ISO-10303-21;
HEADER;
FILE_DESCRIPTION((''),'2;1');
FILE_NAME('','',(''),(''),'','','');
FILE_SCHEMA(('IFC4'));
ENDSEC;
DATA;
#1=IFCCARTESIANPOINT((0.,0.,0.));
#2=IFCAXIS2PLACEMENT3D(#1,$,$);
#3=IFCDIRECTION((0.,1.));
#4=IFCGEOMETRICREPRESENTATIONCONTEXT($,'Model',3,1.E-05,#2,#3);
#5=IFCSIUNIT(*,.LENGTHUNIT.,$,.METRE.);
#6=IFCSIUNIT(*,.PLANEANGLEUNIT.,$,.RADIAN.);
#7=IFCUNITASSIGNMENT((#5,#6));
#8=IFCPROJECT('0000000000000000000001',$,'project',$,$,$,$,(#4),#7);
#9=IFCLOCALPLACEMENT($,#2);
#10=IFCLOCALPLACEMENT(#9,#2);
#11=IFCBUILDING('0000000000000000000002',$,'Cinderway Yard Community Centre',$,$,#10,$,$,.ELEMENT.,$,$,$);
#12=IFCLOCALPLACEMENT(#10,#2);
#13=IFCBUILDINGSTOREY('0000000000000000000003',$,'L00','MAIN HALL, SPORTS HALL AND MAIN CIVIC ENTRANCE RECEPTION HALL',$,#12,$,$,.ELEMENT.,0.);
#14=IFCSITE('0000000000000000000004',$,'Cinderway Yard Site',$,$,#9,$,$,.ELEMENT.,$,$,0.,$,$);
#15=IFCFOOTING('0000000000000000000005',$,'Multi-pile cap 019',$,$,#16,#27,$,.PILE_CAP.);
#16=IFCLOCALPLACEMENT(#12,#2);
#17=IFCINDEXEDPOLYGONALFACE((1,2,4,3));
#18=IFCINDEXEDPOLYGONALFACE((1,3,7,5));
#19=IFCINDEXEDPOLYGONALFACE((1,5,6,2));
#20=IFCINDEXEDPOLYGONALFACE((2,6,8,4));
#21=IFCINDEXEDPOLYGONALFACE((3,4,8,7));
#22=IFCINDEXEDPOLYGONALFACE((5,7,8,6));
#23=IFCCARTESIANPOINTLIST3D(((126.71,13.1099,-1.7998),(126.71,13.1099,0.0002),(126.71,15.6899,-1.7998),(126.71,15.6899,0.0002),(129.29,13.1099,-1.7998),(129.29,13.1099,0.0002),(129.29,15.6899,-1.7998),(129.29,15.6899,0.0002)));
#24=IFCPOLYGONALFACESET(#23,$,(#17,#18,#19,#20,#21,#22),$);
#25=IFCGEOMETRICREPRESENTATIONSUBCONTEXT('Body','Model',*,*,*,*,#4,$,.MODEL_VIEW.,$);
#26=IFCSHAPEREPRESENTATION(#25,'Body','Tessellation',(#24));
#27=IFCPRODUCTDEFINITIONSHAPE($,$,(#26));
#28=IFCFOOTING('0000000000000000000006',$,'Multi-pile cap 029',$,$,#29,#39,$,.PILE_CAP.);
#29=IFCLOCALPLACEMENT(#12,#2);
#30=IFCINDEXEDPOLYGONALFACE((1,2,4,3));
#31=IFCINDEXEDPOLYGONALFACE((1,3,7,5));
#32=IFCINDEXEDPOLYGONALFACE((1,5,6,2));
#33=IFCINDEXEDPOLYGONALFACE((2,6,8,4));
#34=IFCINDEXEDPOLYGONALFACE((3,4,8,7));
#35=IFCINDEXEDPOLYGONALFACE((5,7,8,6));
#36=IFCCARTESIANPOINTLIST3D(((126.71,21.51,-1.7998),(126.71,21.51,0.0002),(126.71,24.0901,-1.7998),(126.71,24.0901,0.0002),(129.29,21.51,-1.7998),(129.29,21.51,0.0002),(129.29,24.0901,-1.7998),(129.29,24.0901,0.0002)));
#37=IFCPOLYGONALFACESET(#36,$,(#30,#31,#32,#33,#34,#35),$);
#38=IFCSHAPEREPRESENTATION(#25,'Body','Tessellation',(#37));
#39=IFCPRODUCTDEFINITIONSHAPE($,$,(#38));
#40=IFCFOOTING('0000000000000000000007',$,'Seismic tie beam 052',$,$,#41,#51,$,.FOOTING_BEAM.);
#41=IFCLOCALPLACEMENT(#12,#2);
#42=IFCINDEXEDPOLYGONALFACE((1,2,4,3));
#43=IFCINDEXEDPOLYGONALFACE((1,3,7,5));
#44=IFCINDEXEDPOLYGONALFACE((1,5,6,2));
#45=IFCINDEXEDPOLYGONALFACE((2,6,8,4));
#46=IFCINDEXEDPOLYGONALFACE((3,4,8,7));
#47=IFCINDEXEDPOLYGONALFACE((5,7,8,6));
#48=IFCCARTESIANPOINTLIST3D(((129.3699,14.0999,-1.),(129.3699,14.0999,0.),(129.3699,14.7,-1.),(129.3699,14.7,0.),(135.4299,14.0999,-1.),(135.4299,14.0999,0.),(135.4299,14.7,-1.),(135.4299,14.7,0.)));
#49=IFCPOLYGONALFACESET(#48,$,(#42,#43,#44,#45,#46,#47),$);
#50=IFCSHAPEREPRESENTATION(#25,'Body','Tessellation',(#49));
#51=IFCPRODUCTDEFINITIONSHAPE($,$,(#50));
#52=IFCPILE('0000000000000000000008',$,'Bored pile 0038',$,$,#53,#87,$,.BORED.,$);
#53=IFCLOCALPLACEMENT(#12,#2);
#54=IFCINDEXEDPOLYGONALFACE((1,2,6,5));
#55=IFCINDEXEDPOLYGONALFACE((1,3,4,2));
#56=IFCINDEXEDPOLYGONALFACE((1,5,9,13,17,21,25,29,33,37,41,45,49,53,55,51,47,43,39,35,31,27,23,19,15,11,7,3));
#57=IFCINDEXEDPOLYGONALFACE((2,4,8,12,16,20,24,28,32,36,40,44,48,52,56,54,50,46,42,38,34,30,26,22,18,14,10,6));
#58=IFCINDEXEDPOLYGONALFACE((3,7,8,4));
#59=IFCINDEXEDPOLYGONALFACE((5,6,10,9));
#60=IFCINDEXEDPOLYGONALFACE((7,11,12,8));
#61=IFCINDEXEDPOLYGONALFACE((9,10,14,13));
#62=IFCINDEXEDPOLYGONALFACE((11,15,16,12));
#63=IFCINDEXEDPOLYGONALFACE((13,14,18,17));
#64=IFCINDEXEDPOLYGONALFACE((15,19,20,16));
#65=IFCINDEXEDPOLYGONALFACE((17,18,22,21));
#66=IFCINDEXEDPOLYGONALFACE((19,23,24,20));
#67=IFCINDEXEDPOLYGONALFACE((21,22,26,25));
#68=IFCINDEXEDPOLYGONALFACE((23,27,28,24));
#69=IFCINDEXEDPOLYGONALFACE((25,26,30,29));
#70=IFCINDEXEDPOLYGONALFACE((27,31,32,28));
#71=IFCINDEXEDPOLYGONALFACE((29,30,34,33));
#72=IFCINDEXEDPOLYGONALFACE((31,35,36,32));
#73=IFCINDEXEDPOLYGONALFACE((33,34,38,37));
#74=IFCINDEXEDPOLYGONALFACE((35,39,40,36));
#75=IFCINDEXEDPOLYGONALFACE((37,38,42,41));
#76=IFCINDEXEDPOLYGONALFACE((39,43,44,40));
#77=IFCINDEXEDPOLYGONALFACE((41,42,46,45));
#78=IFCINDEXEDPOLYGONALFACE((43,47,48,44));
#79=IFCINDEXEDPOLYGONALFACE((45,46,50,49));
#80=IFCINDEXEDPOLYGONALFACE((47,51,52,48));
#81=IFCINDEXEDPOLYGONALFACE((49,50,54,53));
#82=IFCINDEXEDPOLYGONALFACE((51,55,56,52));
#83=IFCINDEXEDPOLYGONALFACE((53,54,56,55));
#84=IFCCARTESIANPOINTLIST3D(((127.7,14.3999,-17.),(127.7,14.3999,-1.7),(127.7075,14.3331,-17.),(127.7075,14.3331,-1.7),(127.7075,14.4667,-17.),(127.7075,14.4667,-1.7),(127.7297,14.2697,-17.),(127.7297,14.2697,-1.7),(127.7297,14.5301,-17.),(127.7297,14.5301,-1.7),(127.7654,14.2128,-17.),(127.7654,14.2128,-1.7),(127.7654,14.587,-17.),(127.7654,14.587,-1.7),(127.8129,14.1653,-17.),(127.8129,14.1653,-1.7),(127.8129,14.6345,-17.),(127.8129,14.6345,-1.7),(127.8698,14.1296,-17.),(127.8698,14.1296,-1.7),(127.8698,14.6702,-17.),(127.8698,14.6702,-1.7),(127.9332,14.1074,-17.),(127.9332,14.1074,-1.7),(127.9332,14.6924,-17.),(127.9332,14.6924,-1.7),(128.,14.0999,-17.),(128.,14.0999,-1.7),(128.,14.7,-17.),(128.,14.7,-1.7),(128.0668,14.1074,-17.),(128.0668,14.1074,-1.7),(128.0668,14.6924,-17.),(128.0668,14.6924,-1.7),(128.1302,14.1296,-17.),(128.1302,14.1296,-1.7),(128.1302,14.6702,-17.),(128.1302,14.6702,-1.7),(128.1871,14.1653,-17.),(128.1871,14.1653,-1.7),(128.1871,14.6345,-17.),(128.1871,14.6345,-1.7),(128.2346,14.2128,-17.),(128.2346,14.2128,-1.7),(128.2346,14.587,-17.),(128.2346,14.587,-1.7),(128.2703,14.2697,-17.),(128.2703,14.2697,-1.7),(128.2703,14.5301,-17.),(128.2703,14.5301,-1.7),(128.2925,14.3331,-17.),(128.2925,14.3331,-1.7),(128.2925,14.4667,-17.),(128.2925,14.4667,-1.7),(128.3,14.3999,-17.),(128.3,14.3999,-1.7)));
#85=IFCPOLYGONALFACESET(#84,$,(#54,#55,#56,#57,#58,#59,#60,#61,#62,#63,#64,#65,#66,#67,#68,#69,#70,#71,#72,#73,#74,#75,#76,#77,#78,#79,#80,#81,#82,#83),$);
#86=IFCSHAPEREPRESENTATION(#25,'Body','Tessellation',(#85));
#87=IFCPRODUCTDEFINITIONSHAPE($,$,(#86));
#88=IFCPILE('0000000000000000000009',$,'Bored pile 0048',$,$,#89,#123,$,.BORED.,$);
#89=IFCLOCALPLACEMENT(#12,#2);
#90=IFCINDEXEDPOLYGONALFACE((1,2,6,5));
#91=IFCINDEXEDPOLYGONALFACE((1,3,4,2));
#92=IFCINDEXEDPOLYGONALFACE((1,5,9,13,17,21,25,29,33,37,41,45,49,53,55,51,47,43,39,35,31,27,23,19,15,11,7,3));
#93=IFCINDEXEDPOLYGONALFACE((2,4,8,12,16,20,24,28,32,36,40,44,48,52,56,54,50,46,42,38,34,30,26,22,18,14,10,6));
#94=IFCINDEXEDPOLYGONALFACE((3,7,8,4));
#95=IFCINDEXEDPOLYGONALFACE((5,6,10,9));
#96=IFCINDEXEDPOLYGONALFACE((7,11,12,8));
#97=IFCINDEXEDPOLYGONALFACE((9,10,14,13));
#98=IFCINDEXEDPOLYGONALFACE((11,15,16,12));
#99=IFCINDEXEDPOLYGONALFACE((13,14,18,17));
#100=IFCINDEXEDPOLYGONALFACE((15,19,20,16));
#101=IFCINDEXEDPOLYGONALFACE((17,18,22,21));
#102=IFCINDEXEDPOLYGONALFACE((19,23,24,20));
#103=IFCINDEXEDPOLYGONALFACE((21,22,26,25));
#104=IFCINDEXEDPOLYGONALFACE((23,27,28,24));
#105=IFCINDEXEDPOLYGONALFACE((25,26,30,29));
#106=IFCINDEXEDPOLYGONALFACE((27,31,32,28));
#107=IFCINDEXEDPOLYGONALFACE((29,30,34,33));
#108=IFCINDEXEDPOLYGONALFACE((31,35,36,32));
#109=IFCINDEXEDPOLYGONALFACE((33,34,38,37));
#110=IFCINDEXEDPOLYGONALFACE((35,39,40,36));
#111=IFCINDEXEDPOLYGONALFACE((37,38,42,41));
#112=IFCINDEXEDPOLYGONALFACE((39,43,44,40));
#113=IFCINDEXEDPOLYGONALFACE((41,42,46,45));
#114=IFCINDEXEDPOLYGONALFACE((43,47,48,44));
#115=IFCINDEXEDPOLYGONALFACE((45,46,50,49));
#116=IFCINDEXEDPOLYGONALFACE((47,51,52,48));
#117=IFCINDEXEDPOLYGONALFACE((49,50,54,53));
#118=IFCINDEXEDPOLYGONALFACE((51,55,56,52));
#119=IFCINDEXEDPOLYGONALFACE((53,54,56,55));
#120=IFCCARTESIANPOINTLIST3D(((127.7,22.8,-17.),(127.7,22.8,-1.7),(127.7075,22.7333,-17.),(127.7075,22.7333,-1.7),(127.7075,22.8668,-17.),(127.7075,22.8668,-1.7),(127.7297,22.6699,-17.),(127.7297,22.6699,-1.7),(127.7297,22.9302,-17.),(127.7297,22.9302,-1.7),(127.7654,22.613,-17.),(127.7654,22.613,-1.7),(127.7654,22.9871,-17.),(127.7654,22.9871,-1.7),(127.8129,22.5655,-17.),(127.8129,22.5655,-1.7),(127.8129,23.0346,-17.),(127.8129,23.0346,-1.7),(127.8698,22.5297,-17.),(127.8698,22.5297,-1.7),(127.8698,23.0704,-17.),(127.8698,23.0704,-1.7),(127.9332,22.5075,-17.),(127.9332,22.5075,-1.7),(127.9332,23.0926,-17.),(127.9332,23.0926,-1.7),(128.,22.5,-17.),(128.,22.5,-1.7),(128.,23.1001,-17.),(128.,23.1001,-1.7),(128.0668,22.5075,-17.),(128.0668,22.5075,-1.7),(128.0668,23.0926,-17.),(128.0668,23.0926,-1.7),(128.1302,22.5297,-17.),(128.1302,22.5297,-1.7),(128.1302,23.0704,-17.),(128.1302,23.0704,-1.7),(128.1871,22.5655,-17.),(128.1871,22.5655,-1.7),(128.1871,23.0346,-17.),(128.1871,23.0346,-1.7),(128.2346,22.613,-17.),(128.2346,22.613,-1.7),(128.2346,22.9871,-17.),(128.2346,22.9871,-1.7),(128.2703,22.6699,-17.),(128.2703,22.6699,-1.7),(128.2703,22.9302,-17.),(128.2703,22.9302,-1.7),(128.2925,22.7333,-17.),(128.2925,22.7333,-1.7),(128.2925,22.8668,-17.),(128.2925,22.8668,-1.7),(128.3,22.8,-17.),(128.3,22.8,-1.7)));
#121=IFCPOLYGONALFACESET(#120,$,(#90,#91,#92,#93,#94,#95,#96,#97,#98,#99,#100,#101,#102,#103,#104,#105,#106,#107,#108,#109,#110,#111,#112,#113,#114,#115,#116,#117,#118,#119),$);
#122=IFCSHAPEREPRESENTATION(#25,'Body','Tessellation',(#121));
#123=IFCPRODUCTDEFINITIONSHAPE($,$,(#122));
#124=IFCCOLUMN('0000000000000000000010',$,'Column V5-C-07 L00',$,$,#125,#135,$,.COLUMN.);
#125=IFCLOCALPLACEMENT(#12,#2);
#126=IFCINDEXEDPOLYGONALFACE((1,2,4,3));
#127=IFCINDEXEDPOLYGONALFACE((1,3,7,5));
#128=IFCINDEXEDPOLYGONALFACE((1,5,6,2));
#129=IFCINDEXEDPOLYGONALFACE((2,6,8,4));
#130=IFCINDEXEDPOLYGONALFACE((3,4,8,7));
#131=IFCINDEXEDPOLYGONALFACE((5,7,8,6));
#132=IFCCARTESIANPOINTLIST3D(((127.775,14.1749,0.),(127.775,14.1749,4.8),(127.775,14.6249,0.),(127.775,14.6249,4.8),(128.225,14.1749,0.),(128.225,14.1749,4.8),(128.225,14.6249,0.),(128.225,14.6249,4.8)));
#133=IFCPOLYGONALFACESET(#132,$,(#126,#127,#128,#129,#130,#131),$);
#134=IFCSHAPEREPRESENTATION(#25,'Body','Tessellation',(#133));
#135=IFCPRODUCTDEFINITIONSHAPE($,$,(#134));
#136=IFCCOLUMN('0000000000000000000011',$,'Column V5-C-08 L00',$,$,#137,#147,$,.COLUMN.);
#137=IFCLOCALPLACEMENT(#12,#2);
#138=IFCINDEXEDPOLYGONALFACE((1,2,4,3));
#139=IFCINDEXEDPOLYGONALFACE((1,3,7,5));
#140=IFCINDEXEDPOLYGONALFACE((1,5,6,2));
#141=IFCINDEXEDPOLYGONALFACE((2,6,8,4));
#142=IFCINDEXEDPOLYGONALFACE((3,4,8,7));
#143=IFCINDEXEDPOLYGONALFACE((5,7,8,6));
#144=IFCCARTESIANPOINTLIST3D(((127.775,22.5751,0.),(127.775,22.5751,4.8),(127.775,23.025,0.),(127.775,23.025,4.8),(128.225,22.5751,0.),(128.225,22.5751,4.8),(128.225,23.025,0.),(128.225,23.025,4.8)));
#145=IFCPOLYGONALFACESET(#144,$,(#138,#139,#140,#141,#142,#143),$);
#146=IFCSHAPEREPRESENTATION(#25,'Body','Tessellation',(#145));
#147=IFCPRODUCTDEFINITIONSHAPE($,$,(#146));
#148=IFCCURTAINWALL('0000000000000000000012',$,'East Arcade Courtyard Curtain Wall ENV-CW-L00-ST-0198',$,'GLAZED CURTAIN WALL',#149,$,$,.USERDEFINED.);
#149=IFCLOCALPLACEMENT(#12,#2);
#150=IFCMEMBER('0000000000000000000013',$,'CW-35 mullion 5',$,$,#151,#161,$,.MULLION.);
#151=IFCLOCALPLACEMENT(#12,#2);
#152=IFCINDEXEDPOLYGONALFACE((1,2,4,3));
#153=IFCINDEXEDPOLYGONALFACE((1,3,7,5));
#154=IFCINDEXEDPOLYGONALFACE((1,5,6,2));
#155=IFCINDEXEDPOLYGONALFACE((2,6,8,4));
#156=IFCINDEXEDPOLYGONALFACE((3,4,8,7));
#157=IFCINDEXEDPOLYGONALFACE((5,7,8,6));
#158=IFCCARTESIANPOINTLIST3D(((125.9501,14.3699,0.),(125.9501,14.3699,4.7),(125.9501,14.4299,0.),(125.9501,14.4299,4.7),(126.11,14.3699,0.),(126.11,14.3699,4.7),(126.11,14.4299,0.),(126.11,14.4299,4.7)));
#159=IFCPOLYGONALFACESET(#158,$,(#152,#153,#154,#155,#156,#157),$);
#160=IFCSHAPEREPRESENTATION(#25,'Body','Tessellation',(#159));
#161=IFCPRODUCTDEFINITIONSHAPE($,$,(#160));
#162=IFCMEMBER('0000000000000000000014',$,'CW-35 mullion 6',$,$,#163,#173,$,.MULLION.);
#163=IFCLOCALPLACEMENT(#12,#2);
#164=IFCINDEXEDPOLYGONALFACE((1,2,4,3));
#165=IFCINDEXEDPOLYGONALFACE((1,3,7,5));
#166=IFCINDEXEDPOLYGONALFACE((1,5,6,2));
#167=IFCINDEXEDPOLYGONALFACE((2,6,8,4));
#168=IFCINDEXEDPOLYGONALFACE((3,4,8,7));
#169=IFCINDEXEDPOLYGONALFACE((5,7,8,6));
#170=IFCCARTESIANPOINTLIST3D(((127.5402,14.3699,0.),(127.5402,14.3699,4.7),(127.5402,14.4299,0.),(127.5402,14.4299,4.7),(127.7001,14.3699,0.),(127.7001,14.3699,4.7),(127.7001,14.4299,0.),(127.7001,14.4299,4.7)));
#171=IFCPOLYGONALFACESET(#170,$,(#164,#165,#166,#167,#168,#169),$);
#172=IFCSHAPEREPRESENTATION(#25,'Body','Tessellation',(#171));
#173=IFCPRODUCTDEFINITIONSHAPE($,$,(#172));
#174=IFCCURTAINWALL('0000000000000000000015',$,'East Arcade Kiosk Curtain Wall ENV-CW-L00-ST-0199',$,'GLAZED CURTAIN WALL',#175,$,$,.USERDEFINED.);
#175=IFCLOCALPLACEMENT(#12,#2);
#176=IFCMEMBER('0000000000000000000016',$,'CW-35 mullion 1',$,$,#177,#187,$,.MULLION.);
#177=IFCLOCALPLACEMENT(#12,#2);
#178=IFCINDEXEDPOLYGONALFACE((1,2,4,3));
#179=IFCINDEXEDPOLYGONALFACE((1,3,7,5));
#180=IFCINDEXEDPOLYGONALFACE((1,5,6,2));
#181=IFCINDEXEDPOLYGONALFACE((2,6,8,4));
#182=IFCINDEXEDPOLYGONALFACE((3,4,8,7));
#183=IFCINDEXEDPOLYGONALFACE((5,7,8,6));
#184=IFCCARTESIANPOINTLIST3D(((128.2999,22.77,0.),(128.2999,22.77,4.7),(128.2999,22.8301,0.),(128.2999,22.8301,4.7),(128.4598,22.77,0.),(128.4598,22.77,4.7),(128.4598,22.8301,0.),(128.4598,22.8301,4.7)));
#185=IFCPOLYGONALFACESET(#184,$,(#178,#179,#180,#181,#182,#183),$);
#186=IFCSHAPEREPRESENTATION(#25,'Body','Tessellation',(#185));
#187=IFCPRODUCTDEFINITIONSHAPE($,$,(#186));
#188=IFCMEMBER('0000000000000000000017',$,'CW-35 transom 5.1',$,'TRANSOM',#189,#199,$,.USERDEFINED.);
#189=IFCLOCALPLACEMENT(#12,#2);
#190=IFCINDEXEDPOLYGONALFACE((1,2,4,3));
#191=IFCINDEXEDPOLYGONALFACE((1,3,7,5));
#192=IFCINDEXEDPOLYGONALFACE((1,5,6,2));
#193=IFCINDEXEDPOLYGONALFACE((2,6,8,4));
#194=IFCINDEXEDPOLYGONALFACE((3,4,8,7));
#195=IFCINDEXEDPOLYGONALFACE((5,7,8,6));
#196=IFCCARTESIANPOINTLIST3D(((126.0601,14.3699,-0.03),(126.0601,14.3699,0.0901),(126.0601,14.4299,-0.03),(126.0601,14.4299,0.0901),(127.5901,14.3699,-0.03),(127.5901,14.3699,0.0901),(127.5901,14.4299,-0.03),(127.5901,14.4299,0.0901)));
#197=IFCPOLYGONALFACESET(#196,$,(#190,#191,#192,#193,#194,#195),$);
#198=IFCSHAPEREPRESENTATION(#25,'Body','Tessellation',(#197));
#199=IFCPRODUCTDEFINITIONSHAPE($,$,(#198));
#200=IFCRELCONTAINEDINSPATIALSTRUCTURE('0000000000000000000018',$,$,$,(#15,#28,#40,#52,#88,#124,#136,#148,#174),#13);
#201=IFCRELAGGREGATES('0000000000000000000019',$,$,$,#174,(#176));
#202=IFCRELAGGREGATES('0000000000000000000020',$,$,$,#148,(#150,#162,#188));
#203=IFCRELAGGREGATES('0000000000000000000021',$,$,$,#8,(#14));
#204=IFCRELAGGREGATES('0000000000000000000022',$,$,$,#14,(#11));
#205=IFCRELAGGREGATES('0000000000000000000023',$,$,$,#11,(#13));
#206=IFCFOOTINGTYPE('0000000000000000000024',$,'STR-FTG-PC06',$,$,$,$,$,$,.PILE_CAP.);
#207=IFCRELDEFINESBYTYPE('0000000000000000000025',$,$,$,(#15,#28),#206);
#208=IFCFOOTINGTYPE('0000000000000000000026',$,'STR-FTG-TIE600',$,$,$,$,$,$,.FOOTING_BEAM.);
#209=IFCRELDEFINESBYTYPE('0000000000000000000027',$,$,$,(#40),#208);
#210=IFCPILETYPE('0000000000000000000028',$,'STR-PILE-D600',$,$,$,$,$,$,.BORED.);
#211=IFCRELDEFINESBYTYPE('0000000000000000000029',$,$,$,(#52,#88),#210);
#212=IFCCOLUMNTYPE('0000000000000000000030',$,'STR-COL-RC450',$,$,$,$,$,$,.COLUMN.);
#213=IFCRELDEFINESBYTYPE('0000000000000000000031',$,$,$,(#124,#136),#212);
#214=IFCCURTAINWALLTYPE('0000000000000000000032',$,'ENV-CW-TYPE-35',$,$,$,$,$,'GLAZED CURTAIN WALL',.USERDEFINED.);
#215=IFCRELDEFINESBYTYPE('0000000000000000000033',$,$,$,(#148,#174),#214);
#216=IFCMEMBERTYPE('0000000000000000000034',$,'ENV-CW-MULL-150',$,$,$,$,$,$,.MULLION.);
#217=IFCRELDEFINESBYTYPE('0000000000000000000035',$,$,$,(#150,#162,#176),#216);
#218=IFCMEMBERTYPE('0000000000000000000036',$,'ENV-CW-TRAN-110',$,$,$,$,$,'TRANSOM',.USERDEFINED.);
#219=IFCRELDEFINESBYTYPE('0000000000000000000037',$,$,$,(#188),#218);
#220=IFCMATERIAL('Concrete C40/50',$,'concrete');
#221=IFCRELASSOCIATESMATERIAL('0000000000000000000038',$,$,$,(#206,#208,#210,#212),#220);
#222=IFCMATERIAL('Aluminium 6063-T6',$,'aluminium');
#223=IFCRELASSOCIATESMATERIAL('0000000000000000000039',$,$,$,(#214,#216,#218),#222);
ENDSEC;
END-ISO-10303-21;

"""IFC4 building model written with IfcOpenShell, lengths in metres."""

from ifc_helpers import new_model, si_unit, direction, frame, origin, origin_2d, place, context, subcontext, project, spatial, rectangle, circle, extrude, material, material_profile, profile_set, type_object, element, aggregate, save


model = new_model("IFC4")

# Units and contexts
model_context = context("Model", 3, precision=1e-05, world=origin(), true_north=direction((0.0, 1.0)))
body_context = subcontext(model_context, "Body", "Model", "MODEL_VIEW")
ifc_project = project(units=[si_unit("LENGTHUNIT", "METRE"), si_unit("PLANEANGLEUNIT", "RADIAN")], contexts=[model_context])

# Site, building, storey
site_placement = place(None, origin())
site = spatial("IfcSite", under=ifc_project, at=site_placement, Name="Cinderway Yard Site", CompositionType="ELEMENT", RefElevation=0.0)
building_placement = place(site_placement, origin())
building = spatial("IfcBuilding", under=site, at=building_placement, Name="Cinderway Yard Community Centre", CompositionType="ELEMENT")
storey_placement = place(building_placement, origin())
storey = spatial("IfcBuildingStorey", under=building, at=storey_placement, Name="L00", Description="MAIN HALL, SPORTS HALL AND MAIN CIVIC ENTRANCE RECEPTION HALL", CompositionType="ELEMENT", Elevation=0.0)

# Footings
ifc_material_1 = material(Name="Concrete C40/50", Category="concrete")
footing_type_1 = type_object("IfcFootingType", Name="STR-FTG-PC06", PredefinedType="PILE_CAP", material=ifc_material_1)
for number, where, z_axis, x_axis, name in (
    (1, (128.0, 14.3999, -1.7998), (0.0, 0.0, 1.0), (1.0, 0.0, 0.0), "Multi-pile cap 019"),
    (2, (128.0, 22.8, -1.7998), (0.0, 0.0, 1.0), (1.0, 0.0, 0.0), "Multi-pile cap 029"),
):
    element("IfcFooting", number, at=place(storey_placement, frame(where, z_axis=z_axis, x_axis=x_axis)), inside=storey, type_object=footing_type_1, Name=name, PredefinedType="PILE_CAP", context=body_context, shape_type="SweptSolid", body=[
        extrude(rectangle(XDim=2.5801, YDim=2.5801, at=origin_2d()), origin(), (0.0, 0.0, 1.0), 1.8),
    ])
footing_type_2 = type_object("IfcFootingType", Name="STR-FTG-TIE600", PredefinedType="FOOTING_BEAM", material=ifc_material_1)
footing_placement = place(storey_placement, frame((132.3999, 14.3999, -1.0), z_axis=(0.0, 0.0, 1.0), x_axis=(1.0, 0.0, 0.0)))
element("IfcFooting", 3, at=footing_placement, inside=storey, type_object=footing_type_2, Name="Seismic tie beam 052", PredefinedType="FOOTING_BEAM", context=body_context, shape_type="SweptSolid", body=[
    extrude(rectangle(XDim=6.0601, YDim=0.6001, at=origin_2d()), origin(), (0.0, 0.0, 1.0), 1.0),
])

# Piles
ifc_material_profile_1 = material_profile(ifc_material_1, circle(Radius=0.3, at=origin_2d()), Name="Concrete C40/50")
ifc_profile_set_1 = profile_set([ifc_material_profile_1], Name="Concrete C40/50")
pile_type = type_object("IfcPileType", Name="STR-PILE-D600", PredefinedType="BORED", material=ifc_profile_set_1)
for number, where, z_axis, x_axis, name in (
    (4, (128.0, 14.3999, -1.7), (0.0, 0.0, -1.0), (1.0, 0.0, 0.0), "Bored pile 0038"),
    (5, (128.0, 22.8, -1.7), (0.0, 0.0, -1.0), (1.0, 0.0, 0.0), "Bored pile 0048"),
):
    element("IfcPile", number, at=place(storey_placement, frame(where, z_axis=z_axis, x_axis=x_axis)), inside=storey, type_object=pile_type, Name=name, PredefinedType="BORED", context=body_context, shape_type="SweptSolid", body=[
        extrude(circle(Radius=0.3, at=origin_2d()), origin(), (0.0, 0.0, 1.0), 15.3),
    ])

# Columns
ifc_material_profile_2 = material_profile(ifc_material_1, rectangle(XDim=0.45, YDim=0.45, at=origin_2d()), Name="Concrete C40/50")
ifc_profile_set_2 = profile_set([ifc_material_profile_2], Name="Concrete C40/50")
column_type = type_object("IfcColumnType", Name="STR-COL-RC450", PredefinedType="COLUMN", material=ifc_profile_set_2)
for number, where, z_axis, x_axis, name in (
    (6, (128.0, 14.3999, 0.0), (0.0, 0.0, 1.0), (1.0, 0.0, 0.0), "Column V5-C-07 L00"),
    (7, (128.0, 22.8, 0.0), (0.0, 0.0, 1.0), (1.0, 0.0, 0.0), "Column V5-C-08 L00"),
):
    element("IfcColumn", number, at=place(storey_placement, frame(where, z_axis=z_axis, x_axis=x_axis)), inside=storey, type_object=column_type, Name=name, PredefinedType="COLUMN", context=body_context, shape_type="SweptSolid", body=[
        extrude(rectangle(XDim=0.45, YDim=0.45, at=origin_2d()), origin(), (0.0, 0.0, 1.0), 4.8),
    ])

# Curtain wall, members
ifc_material_2 = material(Name="Aluminium 6063-T6", Category="aluminium")
curtain_wall_type = type_object("IfcCurtainWallType", Name="ENV-CW-TYPE-35", ElementType="GLAZED CURTAIN WALL", PredefinedType="USERDEFINED", material=ifc_material_2)
curtain_wall_1_placement = place(storey_placement, origin())
curtain_wall_1 = element("IfcCurtainWall", 8, at=curtain_wall_1_placement, inside=storey, type_object=curtain_wall_type, Name="East Arcade Courtyard Curtain Wall ENV-CW-L00-ST-0198", ObjectType="GLAZED CURTAIN WALL", PredefinedType="USERDEFINED")
ifc_material_profile_3 = material_profile(ifc_material_2, rectangle(XDim=0.0601, YDim=0.1599, at=origin_2d()), Name="Aluminium 6063-T6")
ifc_profile_set_3 = profile_set([ifc_material_profile_3], Name="Aluminium 6063-T6")
member_type_1 = type_object("IfcMemberType", Name="ENV-CW-MULL-150", PredefinedType="MULLION", material=ifc_profile_set_3)
member_1_placement = place(storey_placement, frame((126.03, 14.3999, 0.0), z_axis=(0.0, 0.0, 1.0), x_axis=(0.0, 1.0, 0.0)))
member_1 = element("IfcMember", 9, at=member_1_placement, type_object=member_type_1, Name="CW-35 mullion 5", PredefinedType="MULLION", context=body_context, shape_type="SweptSolid", body=[
    extrude(rectangle(XDim=0.0601, YDim=0.1599, at=origin_2d()), origin(), (0.0, 0.0, 1.0), 4.7),
])
member_2_placement = place(storey_placement, frame((127.6201, 14.3999, 0.0), z_axis=(0.0, 0.0, 1.0), x_axis=(0.0, 1.0, 0.0)))
member_2 = element("IfcMember", 10, at=member_2_placement, type_object=member_type_1, Name="CW-35 mullion 6", PredefinedType="MULLION", context=body_context, shape_type="SweptSolid", body=[
    extrude(rectangle(XDim=0.0601, YDim=0.1599, at=origin_2d()), origin(), (0.0, 0.0, 1.0), 4.7),
])

# Curtain wall, member
curtain_wall_2_placement = place(storey_placement, origin())
curtain_wall_2 = element("IfcCurtainWall", 11, at=curtain_wall_2_placement, inside=storey, type_object=curtain_wall_type, Name="East Arcade Kiosk Curtain Wall ENV-CW-L00-ST-0199", ObjectType="GLAZED CURTAIN WALL", PredefinedType="USERDEFINED")
member_3_placement = place(storey_placement, frame((128.3799, 22.8, 0.0), z_axis=(0.0, 0.0, 1.0), x_axis=(0.0, 1.0, 0.0)))
member_3 = element("IfcMember", 12, at=member_3_placement, type_object=member_type_1, Name="CW-35 mullion 1", PredefinedType="MULLION", context=body_context, shape_type="SweptSolid", body=[
    extrude(rectangle(XDim=0.0601, YDim=0.1599, at=origin_2d()), origin(), (0.0, 0.0, 1.0), 4.7),
])
aggregate(curtain_wall_2, [member_3])

# Member
ifc_material_profile_4 = material_profile(ifc_material_2, rectangle(XDim=0.0601, YDim=0.1201, at=origin_2d()), Name="Aluminium 6063-T6")
ifc_profile_set_4 = profile_set([ifc_material_profile_4], Name="Aluminium 6063-T6")
member_type_2 = type_object("IfcMemberType", Name="ENV-CW-TRAN-110", ElementType="TRANSOM", PredefinedType="USERDEFINED", material=ifc_profile_set_4)
member_4_placement = place(storey_placement, frame((126.0601, 14.3999, 0.03), z_axis=(1.0, 0.0, 0.0), x_axis=(0.0, 1.0, 0.0)))
member_4 = element("IfcMember", 13, at=member_4_placement, type_object=member_type_2, Name="CW-35 transom 5.1", ObjectType="TRANSOM", PredefinedType="USERDEFINED", context=body_context, shape_type="SweptSolid", body=[
    extrude(rectangle(XDim=0.0601, YDim=0.1201, at=origin_2d()), origin(), (0.0, 0.0, 1.0), 1.53),
])

aggregate(curtain_wall_1, [member_1, member_2, member_4])

save(model, "model.ifc")
